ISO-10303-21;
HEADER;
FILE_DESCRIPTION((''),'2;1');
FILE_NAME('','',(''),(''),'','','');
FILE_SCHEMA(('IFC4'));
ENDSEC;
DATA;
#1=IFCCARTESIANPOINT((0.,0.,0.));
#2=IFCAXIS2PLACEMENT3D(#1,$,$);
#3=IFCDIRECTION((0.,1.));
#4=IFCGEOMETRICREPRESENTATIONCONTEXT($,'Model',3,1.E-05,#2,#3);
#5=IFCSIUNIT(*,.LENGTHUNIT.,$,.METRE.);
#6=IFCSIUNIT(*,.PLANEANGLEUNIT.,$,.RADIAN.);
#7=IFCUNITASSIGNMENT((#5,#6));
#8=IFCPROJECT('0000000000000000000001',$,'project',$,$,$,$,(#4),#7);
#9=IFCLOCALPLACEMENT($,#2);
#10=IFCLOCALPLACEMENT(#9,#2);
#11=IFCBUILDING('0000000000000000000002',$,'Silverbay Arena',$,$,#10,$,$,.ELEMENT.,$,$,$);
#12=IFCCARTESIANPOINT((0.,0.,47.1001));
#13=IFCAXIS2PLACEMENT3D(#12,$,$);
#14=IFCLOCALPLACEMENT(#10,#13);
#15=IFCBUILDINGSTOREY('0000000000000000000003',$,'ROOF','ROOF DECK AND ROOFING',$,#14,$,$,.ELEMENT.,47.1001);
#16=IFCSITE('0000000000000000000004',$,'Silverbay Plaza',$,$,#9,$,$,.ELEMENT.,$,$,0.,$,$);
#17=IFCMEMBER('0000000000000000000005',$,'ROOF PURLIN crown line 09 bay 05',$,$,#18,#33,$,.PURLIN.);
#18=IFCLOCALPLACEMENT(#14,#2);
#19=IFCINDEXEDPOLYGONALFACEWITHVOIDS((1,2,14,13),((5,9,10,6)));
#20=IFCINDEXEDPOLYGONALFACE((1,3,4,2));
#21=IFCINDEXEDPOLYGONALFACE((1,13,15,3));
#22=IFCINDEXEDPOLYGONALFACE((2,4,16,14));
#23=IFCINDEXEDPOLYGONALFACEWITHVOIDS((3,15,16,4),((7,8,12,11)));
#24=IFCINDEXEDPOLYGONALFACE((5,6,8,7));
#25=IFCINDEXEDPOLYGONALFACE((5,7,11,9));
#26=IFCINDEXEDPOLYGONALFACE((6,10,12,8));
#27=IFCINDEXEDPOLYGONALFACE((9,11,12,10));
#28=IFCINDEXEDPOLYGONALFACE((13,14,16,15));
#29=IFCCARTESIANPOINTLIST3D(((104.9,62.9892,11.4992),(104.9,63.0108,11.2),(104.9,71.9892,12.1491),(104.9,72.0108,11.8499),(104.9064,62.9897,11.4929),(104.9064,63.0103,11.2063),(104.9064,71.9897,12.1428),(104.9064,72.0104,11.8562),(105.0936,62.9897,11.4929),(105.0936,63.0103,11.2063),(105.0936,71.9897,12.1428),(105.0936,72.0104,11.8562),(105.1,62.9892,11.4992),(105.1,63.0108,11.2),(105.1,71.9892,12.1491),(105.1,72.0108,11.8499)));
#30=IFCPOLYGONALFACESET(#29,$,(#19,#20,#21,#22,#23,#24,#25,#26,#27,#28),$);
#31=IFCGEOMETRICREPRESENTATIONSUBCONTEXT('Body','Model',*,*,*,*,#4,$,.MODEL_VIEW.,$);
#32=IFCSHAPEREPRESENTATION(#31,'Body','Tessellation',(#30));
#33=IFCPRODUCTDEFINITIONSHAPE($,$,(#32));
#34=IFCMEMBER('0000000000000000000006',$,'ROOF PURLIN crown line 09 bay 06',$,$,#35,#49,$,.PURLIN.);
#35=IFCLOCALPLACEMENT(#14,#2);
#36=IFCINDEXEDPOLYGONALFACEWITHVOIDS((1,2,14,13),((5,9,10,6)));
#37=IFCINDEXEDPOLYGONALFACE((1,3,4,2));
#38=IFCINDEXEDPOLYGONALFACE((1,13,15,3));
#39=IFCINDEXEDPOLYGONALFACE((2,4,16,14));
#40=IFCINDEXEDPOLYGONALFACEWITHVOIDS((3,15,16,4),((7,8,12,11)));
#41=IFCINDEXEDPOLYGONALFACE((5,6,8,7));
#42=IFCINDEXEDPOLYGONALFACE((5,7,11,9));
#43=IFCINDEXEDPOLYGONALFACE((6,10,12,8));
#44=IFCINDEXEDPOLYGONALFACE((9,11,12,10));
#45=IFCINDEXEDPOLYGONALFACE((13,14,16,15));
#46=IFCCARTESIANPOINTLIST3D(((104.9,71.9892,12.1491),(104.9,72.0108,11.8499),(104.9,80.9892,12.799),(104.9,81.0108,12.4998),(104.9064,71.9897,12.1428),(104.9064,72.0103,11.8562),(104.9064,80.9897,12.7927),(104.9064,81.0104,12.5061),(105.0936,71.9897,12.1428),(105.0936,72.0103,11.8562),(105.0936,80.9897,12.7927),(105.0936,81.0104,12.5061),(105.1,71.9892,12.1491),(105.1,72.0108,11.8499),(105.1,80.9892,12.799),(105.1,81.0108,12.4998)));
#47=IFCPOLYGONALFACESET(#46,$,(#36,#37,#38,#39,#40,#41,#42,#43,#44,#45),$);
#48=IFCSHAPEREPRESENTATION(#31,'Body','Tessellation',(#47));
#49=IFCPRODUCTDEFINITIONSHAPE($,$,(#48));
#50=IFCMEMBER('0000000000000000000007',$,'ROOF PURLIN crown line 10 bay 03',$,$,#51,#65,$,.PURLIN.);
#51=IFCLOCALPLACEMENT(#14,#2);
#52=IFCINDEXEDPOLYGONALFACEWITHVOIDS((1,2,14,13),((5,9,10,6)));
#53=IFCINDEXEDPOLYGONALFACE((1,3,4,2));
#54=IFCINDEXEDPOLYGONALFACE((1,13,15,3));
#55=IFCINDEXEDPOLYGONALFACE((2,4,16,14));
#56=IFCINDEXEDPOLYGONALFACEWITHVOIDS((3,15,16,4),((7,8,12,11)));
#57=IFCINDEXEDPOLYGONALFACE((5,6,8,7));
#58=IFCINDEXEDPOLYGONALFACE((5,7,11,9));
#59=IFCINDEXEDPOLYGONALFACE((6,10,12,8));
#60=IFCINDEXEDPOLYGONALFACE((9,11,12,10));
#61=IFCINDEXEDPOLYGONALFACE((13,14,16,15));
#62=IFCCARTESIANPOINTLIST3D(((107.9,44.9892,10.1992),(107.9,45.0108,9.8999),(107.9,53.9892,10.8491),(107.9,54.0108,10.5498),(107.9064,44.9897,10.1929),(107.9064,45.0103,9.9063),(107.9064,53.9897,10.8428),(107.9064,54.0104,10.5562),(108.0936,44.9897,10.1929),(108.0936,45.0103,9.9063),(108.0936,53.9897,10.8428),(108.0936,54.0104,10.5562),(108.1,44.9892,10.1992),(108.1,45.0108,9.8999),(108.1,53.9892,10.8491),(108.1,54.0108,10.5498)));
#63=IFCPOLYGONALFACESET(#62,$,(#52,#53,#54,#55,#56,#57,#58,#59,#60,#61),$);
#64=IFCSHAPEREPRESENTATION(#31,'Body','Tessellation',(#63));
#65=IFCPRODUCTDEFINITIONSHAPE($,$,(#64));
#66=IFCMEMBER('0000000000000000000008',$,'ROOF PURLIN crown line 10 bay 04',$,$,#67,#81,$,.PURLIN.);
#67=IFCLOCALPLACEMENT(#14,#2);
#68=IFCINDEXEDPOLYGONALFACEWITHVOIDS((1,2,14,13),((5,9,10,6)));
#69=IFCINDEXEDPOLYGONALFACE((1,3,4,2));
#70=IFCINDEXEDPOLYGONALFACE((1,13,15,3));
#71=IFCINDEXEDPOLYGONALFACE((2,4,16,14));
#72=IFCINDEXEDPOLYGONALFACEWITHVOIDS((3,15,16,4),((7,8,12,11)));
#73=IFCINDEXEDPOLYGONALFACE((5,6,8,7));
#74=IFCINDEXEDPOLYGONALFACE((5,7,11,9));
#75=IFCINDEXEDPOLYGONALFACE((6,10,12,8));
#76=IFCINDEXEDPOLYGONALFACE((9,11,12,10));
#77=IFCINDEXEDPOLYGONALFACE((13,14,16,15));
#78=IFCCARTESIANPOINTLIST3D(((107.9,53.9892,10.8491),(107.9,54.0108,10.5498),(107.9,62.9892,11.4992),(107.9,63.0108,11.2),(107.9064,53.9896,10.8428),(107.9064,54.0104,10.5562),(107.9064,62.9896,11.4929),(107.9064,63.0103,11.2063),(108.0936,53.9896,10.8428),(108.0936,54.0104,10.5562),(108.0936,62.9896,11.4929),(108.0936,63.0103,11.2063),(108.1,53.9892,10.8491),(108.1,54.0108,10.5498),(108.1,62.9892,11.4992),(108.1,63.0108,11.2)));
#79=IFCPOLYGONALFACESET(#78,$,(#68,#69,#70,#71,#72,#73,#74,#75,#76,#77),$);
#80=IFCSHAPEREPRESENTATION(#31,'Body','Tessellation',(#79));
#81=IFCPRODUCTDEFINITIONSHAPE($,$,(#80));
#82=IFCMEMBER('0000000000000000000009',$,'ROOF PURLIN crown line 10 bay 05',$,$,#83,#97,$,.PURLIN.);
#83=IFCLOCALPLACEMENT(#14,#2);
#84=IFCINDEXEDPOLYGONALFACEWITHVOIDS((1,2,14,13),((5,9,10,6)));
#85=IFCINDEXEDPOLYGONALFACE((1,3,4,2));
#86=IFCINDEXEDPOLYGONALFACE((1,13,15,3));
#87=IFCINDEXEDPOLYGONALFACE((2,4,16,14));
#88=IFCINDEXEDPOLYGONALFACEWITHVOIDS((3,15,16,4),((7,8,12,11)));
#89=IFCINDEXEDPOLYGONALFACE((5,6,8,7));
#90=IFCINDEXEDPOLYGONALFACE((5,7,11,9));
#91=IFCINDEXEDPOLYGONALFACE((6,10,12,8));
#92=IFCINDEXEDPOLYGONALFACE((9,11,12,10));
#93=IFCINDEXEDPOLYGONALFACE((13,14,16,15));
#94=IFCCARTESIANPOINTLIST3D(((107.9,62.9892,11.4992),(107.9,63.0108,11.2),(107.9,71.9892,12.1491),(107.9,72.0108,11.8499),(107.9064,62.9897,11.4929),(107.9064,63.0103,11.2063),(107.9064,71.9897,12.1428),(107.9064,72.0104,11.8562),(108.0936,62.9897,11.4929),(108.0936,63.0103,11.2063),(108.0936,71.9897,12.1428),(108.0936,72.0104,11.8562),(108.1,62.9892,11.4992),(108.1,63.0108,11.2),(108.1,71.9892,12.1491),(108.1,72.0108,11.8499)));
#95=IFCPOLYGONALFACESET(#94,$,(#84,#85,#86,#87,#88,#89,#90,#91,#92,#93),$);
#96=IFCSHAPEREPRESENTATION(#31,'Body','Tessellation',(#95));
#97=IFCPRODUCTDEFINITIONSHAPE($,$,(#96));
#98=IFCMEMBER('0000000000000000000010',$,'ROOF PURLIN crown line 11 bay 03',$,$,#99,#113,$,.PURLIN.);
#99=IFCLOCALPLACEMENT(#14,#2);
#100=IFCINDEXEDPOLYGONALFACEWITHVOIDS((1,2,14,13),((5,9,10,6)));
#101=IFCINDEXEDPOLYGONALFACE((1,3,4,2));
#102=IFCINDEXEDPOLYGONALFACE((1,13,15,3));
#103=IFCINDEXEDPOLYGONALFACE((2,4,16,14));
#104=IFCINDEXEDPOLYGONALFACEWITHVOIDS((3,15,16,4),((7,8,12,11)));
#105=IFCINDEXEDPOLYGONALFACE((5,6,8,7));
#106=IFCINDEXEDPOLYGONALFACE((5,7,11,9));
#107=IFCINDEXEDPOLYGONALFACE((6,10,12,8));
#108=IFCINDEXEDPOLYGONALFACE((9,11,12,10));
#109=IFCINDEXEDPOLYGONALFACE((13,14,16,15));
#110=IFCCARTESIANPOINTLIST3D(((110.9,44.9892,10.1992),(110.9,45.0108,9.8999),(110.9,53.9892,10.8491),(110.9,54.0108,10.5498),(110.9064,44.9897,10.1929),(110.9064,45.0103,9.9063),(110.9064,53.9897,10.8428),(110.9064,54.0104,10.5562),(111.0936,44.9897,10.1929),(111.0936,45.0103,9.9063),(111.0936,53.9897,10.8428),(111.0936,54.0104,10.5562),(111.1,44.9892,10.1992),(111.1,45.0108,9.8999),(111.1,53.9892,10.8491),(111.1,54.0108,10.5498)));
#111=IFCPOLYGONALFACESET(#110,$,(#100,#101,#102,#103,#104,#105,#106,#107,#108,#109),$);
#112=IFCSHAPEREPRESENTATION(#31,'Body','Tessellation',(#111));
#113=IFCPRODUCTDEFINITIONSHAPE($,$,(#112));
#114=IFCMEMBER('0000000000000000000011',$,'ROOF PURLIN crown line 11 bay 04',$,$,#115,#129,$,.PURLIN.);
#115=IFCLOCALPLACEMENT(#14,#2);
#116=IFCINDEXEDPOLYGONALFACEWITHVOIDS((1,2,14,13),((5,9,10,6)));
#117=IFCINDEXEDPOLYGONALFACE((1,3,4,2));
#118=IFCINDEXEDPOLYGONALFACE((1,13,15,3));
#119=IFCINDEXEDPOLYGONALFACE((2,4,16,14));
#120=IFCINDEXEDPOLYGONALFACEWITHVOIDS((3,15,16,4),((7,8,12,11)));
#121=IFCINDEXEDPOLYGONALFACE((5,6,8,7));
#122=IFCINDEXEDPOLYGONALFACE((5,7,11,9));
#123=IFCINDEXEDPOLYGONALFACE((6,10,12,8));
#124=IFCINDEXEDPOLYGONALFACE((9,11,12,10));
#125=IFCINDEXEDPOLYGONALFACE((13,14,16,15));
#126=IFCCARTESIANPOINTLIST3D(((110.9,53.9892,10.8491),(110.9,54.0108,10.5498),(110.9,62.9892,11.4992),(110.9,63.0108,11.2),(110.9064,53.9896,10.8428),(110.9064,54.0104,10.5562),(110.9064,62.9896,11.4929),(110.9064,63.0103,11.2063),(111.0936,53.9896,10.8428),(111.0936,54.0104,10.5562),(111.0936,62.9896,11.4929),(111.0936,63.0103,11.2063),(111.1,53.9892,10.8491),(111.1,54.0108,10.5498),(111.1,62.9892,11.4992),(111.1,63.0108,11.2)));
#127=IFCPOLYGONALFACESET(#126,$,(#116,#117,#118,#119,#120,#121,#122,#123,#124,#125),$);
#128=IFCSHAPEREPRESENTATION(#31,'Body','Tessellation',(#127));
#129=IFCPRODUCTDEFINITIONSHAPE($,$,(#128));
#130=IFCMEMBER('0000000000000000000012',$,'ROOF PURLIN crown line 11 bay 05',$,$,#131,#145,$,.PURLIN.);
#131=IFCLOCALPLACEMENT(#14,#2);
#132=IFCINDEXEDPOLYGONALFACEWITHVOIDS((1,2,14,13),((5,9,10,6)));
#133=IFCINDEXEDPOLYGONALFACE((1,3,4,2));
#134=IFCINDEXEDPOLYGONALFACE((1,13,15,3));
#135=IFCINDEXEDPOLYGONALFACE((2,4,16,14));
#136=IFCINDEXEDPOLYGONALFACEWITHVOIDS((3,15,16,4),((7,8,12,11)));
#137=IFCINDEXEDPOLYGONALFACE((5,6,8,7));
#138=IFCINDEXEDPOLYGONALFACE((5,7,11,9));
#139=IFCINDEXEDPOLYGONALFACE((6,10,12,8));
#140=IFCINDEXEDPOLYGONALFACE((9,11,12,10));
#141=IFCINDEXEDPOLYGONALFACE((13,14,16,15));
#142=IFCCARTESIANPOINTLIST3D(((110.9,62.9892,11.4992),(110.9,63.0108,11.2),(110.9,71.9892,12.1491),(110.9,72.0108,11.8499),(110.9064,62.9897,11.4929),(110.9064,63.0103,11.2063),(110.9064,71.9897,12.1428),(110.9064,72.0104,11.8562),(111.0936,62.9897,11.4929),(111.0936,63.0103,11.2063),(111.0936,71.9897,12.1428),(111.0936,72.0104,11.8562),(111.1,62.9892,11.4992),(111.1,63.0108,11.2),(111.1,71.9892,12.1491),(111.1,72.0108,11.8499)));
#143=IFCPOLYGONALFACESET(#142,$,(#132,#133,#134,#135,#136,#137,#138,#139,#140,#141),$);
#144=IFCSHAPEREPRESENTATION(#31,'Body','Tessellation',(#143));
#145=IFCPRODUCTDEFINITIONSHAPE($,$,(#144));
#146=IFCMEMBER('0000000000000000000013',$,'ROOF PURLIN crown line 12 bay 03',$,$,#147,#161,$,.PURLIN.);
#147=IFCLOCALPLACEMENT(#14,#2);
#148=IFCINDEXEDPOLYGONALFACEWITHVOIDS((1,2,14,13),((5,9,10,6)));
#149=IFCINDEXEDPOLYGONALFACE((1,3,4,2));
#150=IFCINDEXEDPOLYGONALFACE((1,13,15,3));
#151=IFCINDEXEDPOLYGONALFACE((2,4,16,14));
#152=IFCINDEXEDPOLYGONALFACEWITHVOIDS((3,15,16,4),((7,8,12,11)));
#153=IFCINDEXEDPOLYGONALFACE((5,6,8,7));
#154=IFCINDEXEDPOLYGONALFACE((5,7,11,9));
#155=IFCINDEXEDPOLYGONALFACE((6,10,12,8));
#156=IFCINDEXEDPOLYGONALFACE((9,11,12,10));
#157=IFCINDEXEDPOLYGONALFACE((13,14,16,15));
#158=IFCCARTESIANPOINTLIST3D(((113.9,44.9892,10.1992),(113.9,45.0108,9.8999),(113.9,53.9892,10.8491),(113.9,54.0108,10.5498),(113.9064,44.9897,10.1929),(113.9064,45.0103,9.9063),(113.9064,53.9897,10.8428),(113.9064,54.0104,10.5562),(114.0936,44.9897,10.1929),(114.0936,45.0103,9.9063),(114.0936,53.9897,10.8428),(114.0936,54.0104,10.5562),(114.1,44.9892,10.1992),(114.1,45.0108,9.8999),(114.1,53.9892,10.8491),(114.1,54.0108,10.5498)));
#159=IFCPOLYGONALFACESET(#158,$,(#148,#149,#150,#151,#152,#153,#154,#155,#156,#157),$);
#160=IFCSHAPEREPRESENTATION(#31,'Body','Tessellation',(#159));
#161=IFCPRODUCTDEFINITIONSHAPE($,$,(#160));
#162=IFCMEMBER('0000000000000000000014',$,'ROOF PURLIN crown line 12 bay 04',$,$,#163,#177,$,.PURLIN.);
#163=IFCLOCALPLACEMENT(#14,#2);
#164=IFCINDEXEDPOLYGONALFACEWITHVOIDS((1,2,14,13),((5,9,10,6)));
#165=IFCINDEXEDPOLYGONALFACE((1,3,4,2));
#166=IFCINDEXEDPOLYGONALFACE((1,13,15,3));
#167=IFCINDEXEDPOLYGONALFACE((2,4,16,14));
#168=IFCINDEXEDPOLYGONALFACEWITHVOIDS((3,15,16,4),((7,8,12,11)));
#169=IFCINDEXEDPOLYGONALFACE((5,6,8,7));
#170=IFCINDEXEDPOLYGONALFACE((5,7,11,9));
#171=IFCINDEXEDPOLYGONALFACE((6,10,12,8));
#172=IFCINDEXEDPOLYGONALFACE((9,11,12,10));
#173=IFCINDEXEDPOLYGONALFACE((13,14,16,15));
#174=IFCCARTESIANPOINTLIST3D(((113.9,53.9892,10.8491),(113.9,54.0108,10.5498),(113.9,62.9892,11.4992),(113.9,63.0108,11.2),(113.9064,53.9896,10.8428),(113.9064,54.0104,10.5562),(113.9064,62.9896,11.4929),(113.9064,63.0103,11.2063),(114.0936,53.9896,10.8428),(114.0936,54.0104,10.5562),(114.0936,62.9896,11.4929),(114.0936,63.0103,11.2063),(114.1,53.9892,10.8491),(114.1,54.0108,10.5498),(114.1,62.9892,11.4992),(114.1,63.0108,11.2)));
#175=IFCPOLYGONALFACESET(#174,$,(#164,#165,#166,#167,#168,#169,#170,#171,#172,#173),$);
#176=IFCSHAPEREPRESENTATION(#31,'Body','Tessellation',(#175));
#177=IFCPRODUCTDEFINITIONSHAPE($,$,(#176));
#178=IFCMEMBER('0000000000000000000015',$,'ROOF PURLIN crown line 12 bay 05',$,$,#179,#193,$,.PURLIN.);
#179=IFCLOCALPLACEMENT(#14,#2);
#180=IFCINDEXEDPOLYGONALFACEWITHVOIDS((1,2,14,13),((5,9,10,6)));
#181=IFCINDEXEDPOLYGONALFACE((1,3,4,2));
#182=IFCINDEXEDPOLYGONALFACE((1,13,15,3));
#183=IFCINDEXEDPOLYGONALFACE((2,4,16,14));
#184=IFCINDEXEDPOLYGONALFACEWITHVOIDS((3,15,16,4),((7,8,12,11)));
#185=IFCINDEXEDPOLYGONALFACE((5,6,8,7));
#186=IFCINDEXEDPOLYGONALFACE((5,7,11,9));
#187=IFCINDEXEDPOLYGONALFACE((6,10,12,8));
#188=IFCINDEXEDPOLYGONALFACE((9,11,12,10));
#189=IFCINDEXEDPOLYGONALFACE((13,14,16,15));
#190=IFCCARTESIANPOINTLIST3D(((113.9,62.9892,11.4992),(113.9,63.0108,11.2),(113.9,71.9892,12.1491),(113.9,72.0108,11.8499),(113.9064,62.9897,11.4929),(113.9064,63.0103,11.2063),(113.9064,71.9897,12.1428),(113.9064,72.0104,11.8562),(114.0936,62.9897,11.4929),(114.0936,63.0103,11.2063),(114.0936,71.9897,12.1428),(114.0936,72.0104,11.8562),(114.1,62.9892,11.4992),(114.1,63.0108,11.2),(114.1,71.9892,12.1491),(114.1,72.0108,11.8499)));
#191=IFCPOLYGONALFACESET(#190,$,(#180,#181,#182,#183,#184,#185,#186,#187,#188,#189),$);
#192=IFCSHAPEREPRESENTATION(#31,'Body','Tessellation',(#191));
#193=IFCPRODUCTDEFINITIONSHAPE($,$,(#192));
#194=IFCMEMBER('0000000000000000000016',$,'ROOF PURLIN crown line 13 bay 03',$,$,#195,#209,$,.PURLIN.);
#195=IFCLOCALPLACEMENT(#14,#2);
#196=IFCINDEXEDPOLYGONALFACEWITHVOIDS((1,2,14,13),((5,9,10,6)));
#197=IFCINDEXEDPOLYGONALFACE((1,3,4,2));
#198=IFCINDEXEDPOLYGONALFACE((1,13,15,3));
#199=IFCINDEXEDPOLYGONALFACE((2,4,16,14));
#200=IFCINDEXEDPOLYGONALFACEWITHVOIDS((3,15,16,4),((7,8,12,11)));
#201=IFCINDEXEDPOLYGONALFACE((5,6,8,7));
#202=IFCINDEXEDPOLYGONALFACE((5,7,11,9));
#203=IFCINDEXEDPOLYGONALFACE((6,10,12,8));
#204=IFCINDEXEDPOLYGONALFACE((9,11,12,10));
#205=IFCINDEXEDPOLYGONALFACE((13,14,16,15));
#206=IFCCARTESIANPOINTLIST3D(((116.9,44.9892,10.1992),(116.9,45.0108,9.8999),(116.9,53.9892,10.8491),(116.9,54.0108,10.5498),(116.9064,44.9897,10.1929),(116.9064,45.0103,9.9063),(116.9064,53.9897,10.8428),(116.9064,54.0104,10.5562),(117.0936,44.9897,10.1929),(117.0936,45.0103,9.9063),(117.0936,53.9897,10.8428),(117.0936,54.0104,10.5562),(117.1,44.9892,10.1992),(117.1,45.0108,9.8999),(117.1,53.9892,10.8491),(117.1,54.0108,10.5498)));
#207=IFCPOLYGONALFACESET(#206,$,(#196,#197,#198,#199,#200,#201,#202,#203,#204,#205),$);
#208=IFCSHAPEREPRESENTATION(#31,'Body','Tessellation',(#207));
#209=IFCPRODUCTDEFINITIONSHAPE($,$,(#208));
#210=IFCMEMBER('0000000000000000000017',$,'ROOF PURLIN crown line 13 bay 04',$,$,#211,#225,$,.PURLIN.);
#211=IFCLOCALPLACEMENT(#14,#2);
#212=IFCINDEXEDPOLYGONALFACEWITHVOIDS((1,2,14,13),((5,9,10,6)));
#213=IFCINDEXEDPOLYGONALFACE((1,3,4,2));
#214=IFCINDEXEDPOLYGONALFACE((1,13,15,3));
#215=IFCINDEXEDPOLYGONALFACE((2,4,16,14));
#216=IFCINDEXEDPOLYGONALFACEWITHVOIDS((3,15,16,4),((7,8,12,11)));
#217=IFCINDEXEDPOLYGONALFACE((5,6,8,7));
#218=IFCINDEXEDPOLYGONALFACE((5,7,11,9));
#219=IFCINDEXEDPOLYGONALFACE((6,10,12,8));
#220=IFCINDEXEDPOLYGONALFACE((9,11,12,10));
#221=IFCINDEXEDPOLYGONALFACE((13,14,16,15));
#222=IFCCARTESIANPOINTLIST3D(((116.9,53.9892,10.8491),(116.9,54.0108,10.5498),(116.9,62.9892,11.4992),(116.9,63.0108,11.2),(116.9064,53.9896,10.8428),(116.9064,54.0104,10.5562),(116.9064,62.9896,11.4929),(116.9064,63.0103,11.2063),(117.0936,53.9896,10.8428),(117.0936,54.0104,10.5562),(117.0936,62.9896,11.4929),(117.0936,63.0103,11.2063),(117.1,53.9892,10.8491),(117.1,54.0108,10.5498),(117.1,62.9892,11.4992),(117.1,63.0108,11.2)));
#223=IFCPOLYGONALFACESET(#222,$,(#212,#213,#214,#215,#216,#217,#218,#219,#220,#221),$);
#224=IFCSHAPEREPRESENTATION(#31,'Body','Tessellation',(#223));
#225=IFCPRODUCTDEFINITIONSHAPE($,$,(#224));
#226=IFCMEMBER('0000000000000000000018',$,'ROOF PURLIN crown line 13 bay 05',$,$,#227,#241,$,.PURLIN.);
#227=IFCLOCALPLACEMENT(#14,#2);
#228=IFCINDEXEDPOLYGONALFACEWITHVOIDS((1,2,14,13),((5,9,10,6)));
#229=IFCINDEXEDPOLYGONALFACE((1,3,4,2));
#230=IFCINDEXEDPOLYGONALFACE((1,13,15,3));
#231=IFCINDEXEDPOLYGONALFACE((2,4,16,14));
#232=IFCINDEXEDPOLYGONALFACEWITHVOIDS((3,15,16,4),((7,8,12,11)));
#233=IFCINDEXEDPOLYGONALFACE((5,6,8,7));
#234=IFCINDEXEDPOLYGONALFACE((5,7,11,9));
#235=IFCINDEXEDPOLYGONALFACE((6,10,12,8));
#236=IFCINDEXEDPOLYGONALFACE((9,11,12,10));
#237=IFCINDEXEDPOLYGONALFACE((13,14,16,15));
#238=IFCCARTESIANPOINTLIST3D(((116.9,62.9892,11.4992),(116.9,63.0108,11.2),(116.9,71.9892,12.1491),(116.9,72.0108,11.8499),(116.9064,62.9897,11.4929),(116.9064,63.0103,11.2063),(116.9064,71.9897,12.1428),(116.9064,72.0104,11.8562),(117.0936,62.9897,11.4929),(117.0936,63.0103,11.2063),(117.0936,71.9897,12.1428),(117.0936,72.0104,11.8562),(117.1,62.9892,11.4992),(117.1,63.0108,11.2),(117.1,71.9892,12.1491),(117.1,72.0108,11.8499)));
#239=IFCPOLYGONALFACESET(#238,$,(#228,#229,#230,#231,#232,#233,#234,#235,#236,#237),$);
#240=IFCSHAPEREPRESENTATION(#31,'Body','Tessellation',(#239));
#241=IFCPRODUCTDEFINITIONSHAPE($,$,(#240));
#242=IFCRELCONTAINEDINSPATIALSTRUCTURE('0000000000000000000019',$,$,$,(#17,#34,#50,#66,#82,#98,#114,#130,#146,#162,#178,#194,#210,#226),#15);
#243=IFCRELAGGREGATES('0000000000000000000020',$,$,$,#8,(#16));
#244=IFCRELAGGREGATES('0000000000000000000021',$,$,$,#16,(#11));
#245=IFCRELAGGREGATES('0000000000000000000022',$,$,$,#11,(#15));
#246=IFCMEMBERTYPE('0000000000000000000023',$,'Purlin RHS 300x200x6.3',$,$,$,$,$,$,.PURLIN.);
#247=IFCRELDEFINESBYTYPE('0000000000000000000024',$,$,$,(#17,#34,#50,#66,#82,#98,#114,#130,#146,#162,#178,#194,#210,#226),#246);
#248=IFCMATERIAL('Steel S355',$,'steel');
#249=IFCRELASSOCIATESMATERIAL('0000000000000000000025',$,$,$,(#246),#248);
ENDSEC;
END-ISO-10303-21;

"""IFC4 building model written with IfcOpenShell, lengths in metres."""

from ifc_helpers import new_model, si_unit, direction, frame, origin, origin_2d, place, context, subcontext, project, spatial, hollow_rectangle, extrude, material, material_profile, profile_set, type_object, element, save


model = new_model("IFC4")

# Units and contexts
model_context = context("Model", 3, precision=1e-05, world=origin(), true_north=direction((0.0, 1.0)))
body_context = subcontext(model_context, "Body", "Model", "MODEL_VIEW")
ifc_project = project(units=[si_unit("LENGTHUNIT", "METRE"), si_unit("PLANEANGLEUNIT", "RADIAN")], contexts=[model_context])

# Site, building, storey
site_placement = place(None, origin())
site = spatial("IfcSite", under=ifc_project, at=site_placement, Name="Silverbay Plaza", CompositionType="ELEMENT", RefElevation=0.0)
building_placement = place(site_placement, origin())
building = spatial("IfcBuilding", under=site, at=building_placement, Name="Silverbay Arena", CompositionType="ELEMENT")
storey_placement = place(building_placement, frame((0.0, 0.0, 47.1001)))
storey = spatial("IfcBuildingStorey", under=building, at=storey_placement, Name="ROOF", Description="ROOF DECK AND ROOFING", CompositionType="ELEMENT", Elevation=47.1001)

# Members
ifc_material_1 = material(Name="Steel S355", Category="steel")
ifc_material_profile_1 = material_profile(ifc_material_1, hollow_rectangle(XDim=0.2, YDim=0.3, WallThickness=0.0063, at=origin_2d()), Name="RHS 300x200x6.3")
ifc_profile_set_1 = profile_set([ifc_material_profile_1], Name="Steel S355")
member_type_1 = type_object("IfcMemberType", Name="Purlin RHS 300x200x6.3", PredefinedType="PURLIN", material=ifc_profile_set_1)
for number, where, z_axis, x_axis, name in (
    (1, (105.0, 63.0, 11.3496), (0.0, 0.997403, 0.072024), (-1.0, 0.0, 0.0), "ROOF PURLIN crown line 09 bay 05"),
    (2, (105.0, 72.0, 11.9995), (0.0, 0.997403, 0.072024), (-1.0, 0.0, 0.0), "ROOF PURLIN crown line 09 bay 06"),
    (3, (108.0, 45.0, 10.0496), (0.0, 0.997403, 0.072024), (-1.0, 0.0, 0.0), "ROOF PURLIN crown line 10 bay 03"),
    (4, (108.0, 54.0, 10.6995), (0.0, 0.997401, 0.072051), (-1.0, 0.0, 0.0), "ROOF PURLIN crown line 10 bay 04"),
    (5, (108.0, 63.0, 11.3496), (0.0, 0.997403, 0.072024), (-1.0, 0.0, 0.0), "ROOF PURLIN crown line 10 bay 05"),
    (6, (111.0, 45.0, 10.0496), (0.0, 0.997403, 0.072024), (-1.0, 0.0, 0.0), "ROOF PURLIN crown line 11 bay 03"),
    (7, (111.0, 54.0, 10.6995), (0.0, 0.997401, 0.072051), (-1.0, 0.0, 0.0), "ROOF PURLIN crown line 11 bay 04"),
    (8, (111.0, 63.0, 11.3496), (0.0, 0.997403, 0.072024), (-1.0, 0.0, 0.0), "ROOF PURLIN crown line 11 bay 05"),
    (9, (114.0, 45.0, 10.0496), (0.0, 0.997403, 0.072024), (-1.0, 0.0, 0.0), "ROOF PURLIN crown line 12 bay 03"),
    (10, (114.0, 54.0, 10.6995), (0.0, 0.997401, 0.072051), (-1.0, 0.0, 0.0), "ROOF PURLIN crown line 12 bay 04"),
    (11, (114.0, 63.0, 11.3496), (0.0, 0.997403, 0.072024), (-1.0, 0.0, 0.0), "ROOF PURLIN crown line 12 bay 05"),
    (12, (117.0, 45.0, 10.0496), (0.0, 0.997403, 0.072024), (-1.0, 0.0, 0.0), "ROOF PURLIN crown line 13 bay 03"),
    (13, (117.0, 54.0, 10.6995), (0.0, 0.997401, 0.072051), (-1.0, 0.0, 0.0), "ROOF PURLIN crown line 13 bay 04"),
    (14, (117.0, 63.0, 11.3496), (0.0, 0.997403, 0.072024), (-1.0, 0.0, 0.0), "ROOF PURLIN crown line 13 bay 05"),
):
    element("IfcMember", number, at=place(storey_placement, frame(where, z_axis=z_axis, x_axis=x_axis)), inside=storey, type_object=member_type_1, Name=name, PredefinedType="PURLIN", context=body_context, shape_type="SweptSolid", body=[
        extrude(hollow_rectangle(XDim=0.2, YDim=0.3, WallThickness=0.0063, at=origin_2d()), origin(), (0.0, 0.0, 1.0), 9.0234),
    ])

save(model, "model.ifc")
